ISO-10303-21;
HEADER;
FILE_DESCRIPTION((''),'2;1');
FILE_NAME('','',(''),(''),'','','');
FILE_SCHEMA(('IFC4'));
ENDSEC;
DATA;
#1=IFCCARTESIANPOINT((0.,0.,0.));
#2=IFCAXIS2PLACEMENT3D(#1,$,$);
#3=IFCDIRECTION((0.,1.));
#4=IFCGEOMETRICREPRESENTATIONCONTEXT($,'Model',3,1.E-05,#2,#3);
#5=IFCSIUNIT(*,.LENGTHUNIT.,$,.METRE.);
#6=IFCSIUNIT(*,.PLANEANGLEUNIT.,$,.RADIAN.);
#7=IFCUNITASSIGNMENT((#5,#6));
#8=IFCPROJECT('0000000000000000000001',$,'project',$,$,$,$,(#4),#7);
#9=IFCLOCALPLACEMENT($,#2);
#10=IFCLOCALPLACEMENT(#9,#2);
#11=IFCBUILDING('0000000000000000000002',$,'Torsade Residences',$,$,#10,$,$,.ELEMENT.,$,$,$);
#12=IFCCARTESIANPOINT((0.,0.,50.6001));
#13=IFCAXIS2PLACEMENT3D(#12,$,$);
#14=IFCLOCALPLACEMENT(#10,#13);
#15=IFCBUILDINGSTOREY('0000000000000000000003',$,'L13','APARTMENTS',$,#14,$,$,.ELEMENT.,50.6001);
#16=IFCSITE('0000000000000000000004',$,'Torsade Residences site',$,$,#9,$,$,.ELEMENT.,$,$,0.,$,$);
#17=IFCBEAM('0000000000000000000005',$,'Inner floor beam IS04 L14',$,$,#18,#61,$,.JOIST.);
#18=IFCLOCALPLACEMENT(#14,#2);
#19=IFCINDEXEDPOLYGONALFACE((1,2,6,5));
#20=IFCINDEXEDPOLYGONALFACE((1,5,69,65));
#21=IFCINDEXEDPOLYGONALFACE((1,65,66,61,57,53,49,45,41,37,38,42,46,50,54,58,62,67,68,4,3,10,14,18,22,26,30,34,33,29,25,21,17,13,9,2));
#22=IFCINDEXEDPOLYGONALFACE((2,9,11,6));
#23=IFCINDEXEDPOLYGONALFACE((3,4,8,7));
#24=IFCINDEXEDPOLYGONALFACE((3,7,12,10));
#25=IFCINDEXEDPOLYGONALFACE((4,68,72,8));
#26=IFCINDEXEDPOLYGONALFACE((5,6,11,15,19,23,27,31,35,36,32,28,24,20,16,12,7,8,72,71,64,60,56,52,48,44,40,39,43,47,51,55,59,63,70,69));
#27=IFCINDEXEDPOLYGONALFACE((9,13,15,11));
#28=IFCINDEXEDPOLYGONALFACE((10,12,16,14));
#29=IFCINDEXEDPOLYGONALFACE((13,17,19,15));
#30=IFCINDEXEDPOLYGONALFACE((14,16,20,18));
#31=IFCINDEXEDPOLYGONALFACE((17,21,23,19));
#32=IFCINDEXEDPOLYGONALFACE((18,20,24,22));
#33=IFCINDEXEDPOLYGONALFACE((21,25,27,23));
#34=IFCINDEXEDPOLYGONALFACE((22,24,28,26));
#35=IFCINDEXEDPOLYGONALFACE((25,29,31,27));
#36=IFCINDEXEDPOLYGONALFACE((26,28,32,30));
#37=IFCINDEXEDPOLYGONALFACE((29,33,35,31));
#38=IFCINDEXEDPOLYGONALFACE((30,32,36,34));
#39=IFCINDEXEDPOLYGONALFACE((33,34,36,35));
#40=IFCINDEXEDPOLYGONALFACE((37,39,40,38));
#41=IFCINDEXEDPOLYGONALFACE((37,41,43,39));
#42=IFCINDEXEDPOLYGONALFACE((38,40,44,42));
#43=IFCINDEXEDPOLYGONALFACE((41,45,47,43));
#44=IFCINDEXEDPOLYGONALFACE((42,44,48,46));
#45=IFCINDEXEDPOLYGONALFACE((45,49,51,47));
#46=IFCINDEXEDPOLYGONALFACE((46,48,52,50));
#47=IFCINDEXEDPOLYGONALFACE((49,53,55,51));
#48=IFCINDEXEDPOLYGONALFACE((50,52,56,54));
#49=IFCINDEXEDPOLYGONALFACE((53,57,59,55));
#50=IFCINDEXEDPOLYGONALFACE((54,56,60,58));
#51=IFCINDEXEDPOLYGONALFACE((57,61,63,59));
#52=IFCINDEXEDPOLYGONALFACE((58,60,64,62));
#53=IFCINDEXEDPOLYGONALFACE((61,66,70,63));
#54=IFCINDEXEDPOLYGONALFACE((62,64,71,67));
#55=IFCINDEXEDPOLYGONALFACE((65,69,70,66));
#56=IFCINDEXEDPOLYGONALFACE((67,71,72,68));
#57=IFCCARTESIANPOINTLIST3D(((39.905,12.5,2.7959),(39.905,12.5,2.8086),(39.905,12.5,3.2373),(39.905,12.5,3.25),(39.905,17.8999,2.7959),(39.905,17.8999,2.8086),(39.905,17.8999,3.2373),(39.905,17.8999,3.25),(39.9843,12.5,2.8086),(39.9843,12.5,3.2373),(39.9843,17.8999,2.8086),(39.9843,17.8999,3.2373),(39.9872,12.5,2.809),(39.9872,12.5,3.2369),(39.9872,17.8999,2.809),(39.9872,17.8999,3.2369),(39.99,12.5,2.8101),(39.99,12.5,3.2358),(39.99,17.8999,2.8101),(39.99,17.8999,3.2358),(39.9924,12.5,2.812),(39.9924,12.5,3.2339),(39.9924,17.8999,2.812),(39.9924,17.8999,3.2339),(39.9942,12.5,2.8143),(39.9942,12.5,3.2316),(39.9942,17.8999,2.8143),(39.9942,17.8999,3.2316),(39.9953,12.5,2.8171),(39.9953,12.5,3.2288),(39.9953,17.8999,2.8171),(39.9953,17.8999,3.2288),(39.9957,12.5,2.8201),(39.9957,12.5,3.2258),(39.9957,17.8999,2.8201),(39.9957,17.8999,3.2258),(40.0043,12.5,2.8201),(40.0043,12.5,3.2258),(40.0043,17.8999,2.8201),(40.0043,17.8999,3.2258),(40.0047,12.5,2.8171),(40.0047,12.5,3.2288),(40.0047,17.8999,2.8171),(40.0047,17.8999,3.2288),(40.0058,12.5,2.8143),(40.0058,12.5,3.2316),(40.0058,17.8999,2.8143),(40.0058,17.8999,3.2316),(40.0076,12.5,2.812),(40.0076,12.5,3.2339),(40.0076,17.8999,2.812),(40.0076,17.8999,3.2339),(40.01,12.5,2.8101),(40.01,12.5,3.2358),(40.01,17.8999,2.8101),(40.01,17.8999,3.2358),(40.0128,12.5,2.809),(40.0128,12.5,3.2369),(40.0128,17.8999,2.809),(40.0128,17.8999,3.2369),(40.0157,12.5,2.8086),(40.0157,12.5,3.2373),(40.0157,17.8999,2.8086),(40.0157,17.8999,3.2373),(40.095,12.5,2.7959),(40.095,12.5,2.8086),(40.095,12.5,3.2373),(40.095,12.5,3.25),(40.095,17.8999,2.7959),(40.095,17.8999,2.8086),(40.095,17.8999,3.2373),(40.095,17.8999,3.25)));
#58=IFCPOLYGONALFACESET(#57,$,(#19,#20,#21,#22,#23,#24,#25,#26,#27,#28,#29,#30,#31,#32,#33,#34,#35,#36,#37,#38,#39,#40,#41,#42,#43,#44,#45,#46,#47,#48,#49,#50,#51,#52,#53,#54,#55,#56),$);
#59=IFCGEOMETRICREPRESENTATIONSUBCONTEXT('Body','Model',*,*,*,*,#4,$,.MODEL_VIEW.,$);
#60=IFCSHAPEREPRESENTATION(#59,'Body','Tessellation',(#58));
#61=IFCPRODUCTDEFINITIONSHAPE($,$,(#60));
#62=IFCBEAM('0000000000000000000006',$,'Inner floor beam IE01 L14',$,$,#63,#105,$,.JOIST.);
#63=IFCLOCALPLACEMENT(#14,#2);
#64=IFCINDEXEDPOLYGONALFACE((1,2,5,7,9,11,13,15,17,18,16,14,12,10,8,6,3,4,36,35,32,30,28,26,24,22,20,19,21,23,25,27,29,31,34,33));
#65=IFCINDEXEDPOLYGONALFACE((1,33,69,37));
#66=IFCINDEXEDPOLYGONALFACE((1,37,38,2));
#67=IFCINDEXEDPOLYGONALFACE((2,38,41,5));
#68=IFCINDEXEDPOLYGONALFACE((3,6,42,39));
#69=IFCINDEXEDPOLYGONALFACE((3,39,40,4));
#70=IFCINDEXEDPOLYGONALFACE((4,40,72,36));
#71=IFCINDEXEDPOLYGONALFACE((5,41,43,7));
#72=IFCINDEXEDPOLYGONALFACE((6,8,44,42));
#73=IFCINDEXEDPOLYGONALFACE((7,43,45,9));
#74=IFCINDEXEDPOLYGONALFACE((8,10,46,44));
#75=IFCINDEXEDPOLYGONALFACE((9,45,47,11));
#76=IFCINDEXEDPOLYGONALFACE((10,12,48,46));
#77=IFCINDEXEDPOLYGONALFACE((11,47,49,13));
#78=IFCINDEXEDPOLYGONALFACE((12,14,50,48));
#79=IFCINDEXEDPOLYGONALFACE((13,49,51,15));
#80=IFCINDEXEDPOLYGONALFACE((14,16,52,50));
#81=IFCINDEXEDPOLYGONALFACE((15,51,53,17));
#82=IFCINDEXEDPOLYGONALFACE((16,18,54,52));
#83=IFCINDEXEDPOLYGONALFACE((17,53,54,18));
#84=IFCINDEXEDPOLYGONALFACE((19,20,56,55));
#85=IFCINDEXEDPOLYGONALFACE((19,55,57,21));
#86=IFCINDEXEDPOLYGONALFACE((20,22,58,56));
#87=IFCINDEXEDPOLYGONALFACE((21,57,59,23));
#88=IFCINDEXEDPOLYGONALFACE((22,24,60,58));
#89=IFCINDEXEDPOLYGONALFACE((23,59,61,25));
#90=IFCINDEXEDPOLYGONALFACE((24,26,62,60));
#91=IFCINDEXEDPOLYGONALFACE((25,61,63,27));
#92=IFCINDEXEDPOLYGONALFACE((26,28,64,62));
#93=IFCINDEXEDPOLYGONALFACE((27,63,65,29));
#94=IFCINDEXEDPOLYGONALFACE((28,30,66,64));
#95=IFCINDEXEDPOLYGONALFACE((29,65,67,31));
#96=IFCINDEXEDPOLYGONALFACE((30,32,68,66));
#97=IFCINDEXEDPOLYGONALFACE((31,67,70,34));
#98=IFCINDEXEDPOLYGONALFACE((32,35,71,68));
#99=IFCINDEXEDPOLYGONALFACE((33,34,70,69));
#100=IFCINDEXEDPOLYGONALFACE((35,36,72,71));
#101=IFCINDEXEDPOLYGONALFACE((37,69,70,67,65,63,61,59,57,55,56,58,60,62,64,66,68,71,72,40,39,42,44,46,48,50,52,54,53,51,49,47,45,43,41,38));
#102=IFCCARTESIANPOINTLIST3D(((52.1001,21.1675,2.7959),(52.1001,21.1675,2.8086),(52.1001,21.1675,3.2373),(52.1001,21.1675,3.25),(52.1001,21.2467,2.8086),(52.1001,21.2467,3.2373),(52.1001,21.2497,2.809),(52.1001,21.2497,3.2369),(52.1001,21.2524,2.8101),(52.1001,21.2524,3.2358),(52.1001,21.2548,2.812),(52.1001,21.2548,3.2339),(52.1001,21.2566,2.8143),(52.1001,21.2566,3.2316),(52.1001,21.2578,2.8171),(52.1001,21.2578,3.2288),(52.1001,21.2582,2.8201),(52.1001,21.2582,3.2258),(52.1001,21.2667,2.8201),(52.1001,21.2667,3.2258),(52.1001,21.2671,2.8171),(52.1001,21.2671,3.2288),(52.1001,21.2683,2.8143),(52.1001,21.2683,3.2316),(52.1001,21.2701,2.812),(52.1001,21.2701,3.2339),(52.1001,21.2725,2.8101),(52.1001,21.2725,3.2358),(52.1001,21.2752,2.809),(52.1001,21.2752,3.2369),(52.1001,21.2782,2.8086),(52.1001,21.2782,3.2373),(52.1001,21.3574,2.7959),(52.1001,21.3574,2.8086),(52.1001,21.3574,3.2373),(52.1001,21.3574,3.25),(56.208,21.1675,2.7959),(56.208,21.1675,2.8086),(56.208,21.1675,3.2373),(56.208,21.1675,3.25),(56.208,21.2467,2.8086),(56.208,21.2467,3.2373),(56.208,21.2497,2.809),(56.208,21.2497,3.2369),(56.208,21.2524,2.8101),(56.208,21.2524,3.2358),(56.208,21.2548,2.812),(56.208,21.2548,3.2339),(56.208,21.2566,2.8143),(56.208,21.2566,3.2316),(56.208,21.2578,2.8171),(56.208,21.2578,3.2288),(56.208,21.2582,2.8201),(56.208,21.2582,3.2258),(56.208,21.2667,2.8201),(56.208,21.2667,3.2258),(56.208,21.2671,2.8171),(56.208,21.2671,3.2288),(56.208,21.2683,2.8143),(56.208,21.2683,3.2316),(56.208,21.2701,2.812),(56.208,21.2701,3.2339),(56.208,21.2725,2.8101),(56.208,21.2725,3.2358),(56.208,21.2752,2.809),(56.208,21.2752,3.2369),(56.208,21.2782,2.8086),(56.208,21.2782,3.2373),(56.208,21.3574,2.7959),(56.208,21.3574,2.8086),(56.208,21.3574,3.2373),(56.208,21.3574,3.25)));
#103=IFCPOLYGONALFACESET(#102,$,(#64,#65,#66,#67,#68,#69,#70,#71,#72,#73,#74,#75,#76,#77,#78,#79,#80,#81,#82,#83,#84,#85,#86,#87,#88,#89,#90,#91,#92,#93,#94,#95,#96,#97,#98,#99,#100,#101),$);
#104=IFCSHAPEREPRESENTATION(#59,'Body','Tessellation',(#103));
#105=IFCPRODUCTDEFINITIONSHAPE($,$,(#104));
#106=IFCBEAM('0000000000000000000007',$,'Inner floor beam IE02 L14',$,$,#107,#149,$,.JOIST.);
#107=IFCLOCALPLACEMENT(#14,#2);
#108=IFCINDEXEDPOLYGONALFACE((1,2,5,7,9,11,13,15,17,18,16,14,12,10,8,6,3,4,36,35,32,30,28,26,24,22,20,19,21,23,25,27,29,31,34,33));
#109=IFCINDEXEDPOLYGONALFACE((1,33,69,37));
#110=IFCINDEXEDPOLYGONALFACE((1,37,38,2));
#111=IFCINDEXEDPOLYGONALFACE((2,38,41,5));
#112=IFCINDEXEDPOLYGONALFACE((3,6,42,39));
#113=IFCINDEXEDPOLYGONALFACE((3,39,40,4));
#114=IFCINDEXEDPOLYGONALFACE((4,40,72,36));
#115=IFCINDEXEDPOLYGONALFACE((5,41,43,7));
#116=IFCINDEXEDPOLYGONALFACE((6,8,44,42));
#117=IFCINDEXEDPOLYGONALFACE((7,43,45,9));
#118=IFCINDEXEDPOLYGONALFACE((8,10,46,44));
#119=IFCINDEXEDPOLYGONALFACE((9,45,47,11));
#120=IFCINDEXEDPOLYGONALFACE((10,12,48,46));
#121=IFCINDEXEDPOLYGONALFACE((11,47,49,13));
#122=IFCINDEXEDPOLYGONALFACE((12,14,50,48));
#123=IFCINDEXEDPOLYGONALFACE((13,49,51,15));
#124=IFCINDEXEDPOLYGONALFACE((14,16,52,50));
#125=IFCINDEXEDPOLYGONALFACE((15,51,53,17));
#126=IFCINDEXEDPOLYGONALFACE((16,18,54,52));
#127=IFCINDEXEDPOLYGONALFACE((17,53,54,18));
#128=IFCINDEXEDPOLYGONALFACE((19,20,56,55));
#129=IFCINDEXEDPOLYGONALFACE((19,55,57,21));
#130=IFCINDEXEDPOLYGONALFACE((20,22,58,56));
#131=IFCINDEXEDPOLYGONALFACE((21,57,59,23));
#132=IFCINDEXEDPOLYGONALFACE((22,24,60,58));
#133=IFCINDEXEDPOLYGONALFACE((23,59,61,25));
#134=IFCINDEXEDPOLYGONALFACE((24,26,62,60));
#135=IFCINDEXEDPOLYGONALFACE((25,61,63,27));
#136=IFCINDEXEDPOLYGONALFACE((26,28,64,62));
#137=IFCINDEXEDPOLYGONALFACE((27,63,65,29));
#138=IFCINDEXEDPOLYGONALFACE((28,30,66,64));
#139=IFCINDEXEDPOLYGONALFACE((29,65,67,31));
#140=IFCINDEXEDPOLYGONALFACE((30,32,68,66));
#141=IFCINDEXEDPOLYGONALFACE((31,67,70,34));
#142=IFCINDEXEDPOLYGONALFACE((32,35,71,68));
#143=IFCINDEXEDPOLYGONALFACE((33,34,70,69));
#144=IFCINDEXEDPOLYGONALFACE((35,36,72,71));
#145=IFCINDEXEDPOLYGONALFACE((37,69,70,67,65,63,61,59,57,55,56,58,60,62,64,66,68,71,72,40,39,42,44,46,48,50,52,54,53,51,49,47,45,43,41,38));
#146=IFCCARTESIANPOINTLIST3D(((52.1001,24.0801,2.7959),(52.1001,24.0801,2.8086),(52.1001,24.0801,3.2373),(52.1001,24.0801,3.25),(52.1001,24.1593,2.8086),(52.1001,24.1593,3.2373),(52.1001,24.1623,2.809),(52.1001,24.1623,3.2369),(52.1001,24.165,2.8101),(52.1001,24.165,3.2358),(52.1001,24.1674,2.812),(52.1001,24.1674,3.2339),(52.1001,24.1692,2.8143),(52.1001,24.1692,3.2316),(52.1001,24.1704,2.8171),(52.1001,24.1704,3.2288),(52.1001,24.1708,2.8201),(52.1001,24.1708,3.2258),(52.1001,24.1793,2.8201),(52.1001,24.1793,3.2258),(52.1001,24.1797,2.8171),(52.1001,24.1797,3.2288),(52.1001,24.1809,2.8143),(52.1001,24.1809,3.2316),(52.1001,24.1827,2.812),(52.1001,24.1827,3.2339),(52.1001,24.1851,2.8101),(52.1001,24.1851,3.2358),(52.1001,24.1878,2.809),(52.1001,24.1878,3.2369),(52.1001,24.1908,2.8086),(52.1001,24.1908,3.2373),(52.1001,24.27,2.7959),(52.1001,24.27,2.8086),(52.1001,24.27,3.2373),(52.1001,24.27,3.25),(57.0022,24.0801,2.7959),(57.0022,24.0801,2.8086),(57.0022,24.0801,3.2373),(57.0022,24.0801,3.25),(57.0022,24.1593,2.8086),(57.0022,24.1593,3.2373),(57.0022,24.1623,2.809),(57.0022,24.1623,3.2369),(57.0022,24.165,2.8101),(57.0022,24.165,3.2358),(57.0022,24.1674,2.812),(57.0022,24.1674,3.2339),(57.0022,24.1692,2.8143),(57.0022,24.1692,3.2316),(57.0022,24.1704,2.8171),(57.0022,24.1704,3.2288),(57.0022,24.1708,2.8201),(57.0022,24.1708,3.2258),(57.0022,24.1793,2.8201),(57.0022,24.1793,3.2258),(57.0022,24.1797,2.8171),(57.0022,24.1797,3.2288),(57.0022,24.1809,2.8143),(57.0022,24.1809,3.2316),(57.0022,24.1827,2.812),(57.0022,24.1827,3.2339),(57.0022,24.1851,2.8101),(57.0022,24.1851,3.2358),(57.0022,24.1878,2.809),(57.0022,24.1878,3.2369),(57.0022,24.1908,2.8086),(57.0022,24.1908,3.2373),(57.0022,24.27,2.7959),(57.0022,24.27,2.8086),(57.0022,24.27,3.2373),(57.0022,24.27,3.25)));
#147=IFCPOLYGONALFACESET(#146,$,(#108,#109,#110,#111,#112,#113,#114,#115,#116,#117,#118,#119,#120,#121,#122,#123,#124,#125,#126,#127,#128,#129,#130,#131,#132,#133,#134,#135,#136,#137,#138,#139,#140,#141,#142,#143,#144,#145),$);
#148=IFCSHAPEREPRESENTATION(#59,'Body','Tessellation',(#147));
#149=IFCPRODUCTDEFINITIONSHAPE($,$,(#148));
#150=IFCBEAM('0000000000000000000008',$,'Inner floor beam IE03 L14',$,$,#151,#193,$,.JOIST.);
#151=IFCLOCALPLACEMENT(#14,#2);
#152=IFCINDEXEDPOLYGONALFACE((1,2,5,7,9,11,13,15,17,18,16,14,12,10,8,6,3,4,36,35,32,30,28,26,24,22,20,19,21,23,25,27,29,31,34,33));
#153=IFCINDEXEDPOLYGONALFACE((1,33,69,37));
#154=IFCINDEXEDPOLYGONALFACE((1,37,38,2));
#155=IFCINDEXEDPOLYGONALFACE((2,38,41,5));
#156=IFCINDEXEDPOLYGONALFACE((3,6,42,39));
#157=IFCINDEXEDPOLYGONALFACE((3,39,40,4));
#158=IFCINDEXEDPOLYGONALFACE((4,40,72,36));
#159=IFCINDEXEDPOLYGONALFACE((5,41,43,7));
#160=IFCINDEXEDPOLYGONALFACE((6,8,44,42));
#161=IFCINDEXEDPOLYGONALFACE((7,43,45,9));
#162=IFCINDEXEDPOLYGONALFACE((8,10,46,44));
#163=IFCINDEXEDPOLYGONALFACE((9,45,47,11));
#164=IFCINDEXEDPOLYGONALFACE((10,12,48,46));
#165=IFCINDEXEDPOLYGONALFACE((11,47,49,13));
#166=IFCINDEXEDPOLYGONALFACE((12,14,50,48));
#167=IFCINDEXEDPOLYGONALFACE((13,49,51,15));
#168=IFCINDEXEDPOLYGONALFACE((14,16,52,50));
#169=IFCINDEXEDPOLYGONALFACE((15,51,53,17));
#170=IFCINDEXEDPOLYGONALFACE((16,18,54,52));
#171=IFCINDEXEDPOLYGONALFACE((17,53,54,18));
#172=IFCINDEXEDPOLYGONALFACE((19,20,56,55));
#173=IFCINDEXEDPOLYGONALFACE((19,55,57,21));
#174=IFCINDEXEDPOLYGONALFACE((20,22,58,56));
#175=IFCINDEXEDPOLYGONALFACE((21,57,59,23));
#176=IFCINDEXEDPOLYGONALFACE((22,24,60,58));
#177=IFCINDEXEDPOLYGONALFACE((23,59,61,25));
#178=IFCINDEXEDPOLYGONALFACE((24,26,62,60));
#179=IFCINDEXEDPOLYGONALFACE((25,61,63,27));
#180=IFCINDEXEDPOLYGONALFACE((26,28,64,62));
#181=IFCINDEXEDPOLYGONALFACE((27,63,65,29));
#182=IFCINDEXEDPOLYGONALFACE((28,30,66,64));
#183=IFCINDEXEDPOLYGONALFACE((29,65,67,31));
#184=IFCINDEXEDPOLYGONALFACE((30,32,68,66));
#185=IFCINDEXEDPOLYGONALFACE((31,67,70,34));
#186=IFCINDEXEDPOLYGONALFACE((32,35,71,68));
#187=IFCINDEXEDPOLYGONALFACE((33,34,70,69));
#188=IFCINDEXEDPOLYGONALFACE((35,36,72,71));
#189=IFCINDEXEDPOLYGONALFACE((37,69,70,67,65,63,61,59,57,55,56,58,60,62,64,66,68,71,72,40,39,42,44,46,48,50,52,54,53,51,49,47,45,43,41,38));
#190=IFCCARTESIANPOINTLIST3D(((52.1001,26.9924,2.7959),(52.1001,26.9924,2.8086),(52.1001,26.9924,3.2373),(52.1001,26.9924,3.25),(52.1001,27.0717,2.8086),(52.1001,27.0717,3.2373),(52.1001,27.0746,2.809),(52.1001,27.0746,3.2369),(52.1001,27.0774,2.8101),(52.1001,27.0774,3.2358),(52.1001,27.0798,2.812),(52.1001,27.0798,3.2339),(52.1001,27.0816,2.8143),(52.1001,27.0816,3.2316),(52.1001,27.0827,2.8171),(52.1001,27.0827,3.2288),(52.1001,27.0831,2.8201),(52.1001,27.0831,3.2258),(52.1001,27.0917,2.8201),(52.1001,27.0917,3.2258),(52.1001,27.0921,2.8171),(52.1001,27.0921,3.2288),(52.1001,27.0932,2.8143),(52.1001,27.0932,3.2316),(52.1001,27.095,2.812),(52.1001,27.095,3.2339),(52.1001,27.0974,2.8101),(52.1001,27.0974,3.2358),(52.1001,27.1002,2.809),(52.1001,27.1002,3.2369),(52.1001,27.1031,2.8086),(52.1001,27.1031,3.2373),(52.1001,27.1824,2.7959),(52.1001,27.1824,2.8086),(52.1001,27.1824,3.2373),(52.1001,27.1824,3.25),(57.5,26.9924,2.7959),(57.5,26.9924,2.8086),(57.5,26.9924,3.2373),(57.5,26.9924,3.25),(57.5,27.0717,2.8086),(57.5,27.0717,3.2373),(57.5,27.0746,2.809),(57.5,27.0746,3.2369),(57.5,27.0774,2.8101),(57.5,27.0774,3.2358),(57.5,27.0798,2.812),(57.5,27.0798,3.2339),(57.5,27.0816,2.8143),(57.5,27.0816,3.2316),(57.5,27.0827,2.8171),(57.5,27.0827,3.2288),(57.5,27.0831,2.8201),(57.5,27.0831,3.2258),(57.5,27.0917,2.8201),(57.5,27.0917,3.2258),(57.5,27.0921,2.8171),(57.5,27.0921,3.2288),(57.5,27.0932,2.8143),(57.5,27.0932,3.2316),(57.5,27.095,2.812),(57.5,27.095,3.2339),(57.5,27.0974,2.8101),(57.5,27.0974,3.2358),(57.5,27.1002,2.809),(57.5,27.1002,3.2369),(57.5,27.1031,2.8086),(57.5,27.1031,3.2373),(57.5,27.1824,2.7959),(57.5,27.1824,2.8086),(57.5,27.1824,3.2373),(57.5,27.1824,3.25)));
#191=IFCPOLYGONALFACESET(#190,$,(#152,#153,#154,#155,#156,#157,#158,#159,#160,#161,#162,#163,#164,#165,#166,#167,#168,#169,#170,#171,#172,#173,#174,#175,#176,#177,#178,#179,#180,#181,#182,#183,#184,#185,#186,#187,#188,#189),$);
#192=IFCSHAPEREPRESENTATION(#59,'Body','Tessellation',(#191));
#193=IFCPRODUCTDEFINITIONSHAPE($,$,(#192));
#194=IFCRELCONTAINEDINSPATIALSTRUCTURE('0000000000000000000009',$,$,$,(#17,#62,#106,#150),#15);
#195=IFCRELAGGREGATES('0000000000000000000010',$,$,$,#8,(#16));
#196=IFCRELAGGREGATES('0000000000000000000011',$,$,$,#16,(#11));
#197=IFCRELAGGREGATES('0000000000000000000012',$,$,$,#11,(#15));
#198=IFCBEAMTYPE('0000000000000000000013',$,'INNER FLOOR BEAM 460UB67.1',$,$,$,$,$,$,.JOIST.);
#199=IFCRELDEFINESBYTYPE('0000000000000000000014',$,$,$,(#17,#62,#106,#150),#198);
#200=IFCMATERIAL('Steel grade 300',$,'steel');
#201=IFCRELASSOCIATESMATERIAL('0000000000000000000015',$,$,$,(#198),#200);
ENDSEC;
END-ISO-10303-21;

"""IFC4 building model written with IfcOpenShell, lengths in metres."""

from ifc_helpers import new_model, si_unit, direction, frame, origin, origin_2d, place, context, subcontext, project, spatial, i_section, extrude, material, material_profile, profile_set, type_object, element, save


model = new_model("IFC4")

# Units and contexts
model_context = context("Model", 3, precision=1e-05, world=origin(), true_north=direction((0.0, 1.0)))
body_context = subcontext(model_context, "Body", "Model", "MODEL_VIEW")
ifc_project = project(units=[si_unit("LENGTHUNIT", "METRE"), si_unit("PLANEANGLEUNIT", "RADIAN")], contexts=[model_context])

# Site, building, storey
site_placement = place(None, origin())
site = spatial("IfcSite", under=ifc_project, at=site_placement, Name="Torsade Residences site", CompositionType="ELEMENT", RefElevation=0.0)
building_placement = place(site_placement, origin())
building = spatial("IfcBuilding", under=site, at=building_placement, Name="Torsade Residences", CompositionType="ELEMENT")
storey_placement = place(building_placement, frame((0.0, 0.0, 50.6001)))
storey = spatial("IfcBuildingStorey", under=building, at=storey_placement, Name="L13", Description="APARTMENTS", CompositionType="ELEMENT", Elevation=50.6001)

# Beams
ifc_material_1 = material(Name="Steel grade 300", Category="steel")
ifc_material_profile_1 = material_profile(ifc_material_1, i_section(OverallWidth=0.1899, OverallDepth=0.4541, WebThickness=0.0085, FlangeThickness=0.0127, FilletRadius=0.0115, at=origin_2d()), Name="460UB67.1")
ifc_profile_set_1 = profile_set([ifc_material_profile_1], Name="Steel grade 300")
beam_type_1 = type_object("IfcBeamType", Name="INNER FLOOR BEAM 460UB67.1", PredefinedType="JOIST", material=ifc_profile_set_1)
for number, where, z_axis, x_axis, name in (
    (1, (40.0, 17.8999, 3.0229), (0.0, -1.0, 0.0), (1.0, 0.0, 0.0), "Inner floor beam IS04 L14"),
):
    element("IfcBeam", number, at=place(storey_placement, frame(where, z_axis=z_axis, x_axis=x_axis)), inside=storey, type_object=beam_type_1, Name=name, PredefinedType="JOIST", context=body_context, shape_type="SweptSolid", body=[
        extrude(i_section(OverallWidth=0.1899, OverallDepth=0.4541, WebThickness=0.0085, FlangeThickness=0.0127, FilletRadius=0.0115, at=origin_2d()), origin(), (0.0, 0.0, 1.0), 5.3999),
    ])
beam_1_placement = place(storey_placement, frame((52.1001, 21.2625, 3.0229), z_axis=(1.0, 0.0, 0.0), x_axis=(0.0, 1.0, 0.0)))
element("IfcBeam", 2, at=beam_1_placement, inside=storey, type_object=beam_type_1, Name="Inner floor beam IE01 L14", PredefinedType="JOIST", context=body_context, shape_type="SweptSolid", body=[
    extrude(i_section(OverallWidth=0.1899, OverallDepth=0.4541, WebThickness=0.0085, FlangeThickness=0.0127, FilletRadius=0.0115, at=origin_2d()), origin(), (0.0, 0.0, 1.0), 4.1079),
])
beam_2_placement = place(storey_placement, frame((52.1001, 24.175, 3.0229), z_axis=(1.0, 0.0, 0.0), x_axis=(0.0, 1.0, 0.0)))
element("IfcBeam", 3, at=beam_2_placement, inside=storey, type_object=beam_type_1, Name="Inner floor beam IE02 L14", PredefinedType="JOIST", context=body_context, shape_type="SweptSolid", body=[
    extrude(i_section(OverallWidth=0.1899, OverallDepth=0.4541, WebThickness=0.0085, FlangeThickness=0.0127, FilletRadius=0.0115, at=origin_2d()), origin(), (0.0, 0.0, 1.0), 4.9021),
])
beam_3_placement = place(storey_placement, frame((52.1001, 27.0874, 3.0229), z_axis=(1.0, 0.0, 0.0), x_axis=(0.0, 1.0, 0.0)))
element("IfcBeam", 4, at=beam_3_placement, inside=storey, type_object=beam_type_1, Name="Inner floor beam IE03 L14", PredefinedType="JOIST", context=body_context, shape_type="SweptSolid", body=[
    extrude(i_section(OverallWidth=0.1899, OverallDepth=0.4541, WebThickness=0.0085, FlangeThickness=0.0127, FilletRadius=0.0115, at=origin_2d()), origin(), (0.0, 0.0, 1.0), 5.3999),
])

save(model, "model.ifc")
